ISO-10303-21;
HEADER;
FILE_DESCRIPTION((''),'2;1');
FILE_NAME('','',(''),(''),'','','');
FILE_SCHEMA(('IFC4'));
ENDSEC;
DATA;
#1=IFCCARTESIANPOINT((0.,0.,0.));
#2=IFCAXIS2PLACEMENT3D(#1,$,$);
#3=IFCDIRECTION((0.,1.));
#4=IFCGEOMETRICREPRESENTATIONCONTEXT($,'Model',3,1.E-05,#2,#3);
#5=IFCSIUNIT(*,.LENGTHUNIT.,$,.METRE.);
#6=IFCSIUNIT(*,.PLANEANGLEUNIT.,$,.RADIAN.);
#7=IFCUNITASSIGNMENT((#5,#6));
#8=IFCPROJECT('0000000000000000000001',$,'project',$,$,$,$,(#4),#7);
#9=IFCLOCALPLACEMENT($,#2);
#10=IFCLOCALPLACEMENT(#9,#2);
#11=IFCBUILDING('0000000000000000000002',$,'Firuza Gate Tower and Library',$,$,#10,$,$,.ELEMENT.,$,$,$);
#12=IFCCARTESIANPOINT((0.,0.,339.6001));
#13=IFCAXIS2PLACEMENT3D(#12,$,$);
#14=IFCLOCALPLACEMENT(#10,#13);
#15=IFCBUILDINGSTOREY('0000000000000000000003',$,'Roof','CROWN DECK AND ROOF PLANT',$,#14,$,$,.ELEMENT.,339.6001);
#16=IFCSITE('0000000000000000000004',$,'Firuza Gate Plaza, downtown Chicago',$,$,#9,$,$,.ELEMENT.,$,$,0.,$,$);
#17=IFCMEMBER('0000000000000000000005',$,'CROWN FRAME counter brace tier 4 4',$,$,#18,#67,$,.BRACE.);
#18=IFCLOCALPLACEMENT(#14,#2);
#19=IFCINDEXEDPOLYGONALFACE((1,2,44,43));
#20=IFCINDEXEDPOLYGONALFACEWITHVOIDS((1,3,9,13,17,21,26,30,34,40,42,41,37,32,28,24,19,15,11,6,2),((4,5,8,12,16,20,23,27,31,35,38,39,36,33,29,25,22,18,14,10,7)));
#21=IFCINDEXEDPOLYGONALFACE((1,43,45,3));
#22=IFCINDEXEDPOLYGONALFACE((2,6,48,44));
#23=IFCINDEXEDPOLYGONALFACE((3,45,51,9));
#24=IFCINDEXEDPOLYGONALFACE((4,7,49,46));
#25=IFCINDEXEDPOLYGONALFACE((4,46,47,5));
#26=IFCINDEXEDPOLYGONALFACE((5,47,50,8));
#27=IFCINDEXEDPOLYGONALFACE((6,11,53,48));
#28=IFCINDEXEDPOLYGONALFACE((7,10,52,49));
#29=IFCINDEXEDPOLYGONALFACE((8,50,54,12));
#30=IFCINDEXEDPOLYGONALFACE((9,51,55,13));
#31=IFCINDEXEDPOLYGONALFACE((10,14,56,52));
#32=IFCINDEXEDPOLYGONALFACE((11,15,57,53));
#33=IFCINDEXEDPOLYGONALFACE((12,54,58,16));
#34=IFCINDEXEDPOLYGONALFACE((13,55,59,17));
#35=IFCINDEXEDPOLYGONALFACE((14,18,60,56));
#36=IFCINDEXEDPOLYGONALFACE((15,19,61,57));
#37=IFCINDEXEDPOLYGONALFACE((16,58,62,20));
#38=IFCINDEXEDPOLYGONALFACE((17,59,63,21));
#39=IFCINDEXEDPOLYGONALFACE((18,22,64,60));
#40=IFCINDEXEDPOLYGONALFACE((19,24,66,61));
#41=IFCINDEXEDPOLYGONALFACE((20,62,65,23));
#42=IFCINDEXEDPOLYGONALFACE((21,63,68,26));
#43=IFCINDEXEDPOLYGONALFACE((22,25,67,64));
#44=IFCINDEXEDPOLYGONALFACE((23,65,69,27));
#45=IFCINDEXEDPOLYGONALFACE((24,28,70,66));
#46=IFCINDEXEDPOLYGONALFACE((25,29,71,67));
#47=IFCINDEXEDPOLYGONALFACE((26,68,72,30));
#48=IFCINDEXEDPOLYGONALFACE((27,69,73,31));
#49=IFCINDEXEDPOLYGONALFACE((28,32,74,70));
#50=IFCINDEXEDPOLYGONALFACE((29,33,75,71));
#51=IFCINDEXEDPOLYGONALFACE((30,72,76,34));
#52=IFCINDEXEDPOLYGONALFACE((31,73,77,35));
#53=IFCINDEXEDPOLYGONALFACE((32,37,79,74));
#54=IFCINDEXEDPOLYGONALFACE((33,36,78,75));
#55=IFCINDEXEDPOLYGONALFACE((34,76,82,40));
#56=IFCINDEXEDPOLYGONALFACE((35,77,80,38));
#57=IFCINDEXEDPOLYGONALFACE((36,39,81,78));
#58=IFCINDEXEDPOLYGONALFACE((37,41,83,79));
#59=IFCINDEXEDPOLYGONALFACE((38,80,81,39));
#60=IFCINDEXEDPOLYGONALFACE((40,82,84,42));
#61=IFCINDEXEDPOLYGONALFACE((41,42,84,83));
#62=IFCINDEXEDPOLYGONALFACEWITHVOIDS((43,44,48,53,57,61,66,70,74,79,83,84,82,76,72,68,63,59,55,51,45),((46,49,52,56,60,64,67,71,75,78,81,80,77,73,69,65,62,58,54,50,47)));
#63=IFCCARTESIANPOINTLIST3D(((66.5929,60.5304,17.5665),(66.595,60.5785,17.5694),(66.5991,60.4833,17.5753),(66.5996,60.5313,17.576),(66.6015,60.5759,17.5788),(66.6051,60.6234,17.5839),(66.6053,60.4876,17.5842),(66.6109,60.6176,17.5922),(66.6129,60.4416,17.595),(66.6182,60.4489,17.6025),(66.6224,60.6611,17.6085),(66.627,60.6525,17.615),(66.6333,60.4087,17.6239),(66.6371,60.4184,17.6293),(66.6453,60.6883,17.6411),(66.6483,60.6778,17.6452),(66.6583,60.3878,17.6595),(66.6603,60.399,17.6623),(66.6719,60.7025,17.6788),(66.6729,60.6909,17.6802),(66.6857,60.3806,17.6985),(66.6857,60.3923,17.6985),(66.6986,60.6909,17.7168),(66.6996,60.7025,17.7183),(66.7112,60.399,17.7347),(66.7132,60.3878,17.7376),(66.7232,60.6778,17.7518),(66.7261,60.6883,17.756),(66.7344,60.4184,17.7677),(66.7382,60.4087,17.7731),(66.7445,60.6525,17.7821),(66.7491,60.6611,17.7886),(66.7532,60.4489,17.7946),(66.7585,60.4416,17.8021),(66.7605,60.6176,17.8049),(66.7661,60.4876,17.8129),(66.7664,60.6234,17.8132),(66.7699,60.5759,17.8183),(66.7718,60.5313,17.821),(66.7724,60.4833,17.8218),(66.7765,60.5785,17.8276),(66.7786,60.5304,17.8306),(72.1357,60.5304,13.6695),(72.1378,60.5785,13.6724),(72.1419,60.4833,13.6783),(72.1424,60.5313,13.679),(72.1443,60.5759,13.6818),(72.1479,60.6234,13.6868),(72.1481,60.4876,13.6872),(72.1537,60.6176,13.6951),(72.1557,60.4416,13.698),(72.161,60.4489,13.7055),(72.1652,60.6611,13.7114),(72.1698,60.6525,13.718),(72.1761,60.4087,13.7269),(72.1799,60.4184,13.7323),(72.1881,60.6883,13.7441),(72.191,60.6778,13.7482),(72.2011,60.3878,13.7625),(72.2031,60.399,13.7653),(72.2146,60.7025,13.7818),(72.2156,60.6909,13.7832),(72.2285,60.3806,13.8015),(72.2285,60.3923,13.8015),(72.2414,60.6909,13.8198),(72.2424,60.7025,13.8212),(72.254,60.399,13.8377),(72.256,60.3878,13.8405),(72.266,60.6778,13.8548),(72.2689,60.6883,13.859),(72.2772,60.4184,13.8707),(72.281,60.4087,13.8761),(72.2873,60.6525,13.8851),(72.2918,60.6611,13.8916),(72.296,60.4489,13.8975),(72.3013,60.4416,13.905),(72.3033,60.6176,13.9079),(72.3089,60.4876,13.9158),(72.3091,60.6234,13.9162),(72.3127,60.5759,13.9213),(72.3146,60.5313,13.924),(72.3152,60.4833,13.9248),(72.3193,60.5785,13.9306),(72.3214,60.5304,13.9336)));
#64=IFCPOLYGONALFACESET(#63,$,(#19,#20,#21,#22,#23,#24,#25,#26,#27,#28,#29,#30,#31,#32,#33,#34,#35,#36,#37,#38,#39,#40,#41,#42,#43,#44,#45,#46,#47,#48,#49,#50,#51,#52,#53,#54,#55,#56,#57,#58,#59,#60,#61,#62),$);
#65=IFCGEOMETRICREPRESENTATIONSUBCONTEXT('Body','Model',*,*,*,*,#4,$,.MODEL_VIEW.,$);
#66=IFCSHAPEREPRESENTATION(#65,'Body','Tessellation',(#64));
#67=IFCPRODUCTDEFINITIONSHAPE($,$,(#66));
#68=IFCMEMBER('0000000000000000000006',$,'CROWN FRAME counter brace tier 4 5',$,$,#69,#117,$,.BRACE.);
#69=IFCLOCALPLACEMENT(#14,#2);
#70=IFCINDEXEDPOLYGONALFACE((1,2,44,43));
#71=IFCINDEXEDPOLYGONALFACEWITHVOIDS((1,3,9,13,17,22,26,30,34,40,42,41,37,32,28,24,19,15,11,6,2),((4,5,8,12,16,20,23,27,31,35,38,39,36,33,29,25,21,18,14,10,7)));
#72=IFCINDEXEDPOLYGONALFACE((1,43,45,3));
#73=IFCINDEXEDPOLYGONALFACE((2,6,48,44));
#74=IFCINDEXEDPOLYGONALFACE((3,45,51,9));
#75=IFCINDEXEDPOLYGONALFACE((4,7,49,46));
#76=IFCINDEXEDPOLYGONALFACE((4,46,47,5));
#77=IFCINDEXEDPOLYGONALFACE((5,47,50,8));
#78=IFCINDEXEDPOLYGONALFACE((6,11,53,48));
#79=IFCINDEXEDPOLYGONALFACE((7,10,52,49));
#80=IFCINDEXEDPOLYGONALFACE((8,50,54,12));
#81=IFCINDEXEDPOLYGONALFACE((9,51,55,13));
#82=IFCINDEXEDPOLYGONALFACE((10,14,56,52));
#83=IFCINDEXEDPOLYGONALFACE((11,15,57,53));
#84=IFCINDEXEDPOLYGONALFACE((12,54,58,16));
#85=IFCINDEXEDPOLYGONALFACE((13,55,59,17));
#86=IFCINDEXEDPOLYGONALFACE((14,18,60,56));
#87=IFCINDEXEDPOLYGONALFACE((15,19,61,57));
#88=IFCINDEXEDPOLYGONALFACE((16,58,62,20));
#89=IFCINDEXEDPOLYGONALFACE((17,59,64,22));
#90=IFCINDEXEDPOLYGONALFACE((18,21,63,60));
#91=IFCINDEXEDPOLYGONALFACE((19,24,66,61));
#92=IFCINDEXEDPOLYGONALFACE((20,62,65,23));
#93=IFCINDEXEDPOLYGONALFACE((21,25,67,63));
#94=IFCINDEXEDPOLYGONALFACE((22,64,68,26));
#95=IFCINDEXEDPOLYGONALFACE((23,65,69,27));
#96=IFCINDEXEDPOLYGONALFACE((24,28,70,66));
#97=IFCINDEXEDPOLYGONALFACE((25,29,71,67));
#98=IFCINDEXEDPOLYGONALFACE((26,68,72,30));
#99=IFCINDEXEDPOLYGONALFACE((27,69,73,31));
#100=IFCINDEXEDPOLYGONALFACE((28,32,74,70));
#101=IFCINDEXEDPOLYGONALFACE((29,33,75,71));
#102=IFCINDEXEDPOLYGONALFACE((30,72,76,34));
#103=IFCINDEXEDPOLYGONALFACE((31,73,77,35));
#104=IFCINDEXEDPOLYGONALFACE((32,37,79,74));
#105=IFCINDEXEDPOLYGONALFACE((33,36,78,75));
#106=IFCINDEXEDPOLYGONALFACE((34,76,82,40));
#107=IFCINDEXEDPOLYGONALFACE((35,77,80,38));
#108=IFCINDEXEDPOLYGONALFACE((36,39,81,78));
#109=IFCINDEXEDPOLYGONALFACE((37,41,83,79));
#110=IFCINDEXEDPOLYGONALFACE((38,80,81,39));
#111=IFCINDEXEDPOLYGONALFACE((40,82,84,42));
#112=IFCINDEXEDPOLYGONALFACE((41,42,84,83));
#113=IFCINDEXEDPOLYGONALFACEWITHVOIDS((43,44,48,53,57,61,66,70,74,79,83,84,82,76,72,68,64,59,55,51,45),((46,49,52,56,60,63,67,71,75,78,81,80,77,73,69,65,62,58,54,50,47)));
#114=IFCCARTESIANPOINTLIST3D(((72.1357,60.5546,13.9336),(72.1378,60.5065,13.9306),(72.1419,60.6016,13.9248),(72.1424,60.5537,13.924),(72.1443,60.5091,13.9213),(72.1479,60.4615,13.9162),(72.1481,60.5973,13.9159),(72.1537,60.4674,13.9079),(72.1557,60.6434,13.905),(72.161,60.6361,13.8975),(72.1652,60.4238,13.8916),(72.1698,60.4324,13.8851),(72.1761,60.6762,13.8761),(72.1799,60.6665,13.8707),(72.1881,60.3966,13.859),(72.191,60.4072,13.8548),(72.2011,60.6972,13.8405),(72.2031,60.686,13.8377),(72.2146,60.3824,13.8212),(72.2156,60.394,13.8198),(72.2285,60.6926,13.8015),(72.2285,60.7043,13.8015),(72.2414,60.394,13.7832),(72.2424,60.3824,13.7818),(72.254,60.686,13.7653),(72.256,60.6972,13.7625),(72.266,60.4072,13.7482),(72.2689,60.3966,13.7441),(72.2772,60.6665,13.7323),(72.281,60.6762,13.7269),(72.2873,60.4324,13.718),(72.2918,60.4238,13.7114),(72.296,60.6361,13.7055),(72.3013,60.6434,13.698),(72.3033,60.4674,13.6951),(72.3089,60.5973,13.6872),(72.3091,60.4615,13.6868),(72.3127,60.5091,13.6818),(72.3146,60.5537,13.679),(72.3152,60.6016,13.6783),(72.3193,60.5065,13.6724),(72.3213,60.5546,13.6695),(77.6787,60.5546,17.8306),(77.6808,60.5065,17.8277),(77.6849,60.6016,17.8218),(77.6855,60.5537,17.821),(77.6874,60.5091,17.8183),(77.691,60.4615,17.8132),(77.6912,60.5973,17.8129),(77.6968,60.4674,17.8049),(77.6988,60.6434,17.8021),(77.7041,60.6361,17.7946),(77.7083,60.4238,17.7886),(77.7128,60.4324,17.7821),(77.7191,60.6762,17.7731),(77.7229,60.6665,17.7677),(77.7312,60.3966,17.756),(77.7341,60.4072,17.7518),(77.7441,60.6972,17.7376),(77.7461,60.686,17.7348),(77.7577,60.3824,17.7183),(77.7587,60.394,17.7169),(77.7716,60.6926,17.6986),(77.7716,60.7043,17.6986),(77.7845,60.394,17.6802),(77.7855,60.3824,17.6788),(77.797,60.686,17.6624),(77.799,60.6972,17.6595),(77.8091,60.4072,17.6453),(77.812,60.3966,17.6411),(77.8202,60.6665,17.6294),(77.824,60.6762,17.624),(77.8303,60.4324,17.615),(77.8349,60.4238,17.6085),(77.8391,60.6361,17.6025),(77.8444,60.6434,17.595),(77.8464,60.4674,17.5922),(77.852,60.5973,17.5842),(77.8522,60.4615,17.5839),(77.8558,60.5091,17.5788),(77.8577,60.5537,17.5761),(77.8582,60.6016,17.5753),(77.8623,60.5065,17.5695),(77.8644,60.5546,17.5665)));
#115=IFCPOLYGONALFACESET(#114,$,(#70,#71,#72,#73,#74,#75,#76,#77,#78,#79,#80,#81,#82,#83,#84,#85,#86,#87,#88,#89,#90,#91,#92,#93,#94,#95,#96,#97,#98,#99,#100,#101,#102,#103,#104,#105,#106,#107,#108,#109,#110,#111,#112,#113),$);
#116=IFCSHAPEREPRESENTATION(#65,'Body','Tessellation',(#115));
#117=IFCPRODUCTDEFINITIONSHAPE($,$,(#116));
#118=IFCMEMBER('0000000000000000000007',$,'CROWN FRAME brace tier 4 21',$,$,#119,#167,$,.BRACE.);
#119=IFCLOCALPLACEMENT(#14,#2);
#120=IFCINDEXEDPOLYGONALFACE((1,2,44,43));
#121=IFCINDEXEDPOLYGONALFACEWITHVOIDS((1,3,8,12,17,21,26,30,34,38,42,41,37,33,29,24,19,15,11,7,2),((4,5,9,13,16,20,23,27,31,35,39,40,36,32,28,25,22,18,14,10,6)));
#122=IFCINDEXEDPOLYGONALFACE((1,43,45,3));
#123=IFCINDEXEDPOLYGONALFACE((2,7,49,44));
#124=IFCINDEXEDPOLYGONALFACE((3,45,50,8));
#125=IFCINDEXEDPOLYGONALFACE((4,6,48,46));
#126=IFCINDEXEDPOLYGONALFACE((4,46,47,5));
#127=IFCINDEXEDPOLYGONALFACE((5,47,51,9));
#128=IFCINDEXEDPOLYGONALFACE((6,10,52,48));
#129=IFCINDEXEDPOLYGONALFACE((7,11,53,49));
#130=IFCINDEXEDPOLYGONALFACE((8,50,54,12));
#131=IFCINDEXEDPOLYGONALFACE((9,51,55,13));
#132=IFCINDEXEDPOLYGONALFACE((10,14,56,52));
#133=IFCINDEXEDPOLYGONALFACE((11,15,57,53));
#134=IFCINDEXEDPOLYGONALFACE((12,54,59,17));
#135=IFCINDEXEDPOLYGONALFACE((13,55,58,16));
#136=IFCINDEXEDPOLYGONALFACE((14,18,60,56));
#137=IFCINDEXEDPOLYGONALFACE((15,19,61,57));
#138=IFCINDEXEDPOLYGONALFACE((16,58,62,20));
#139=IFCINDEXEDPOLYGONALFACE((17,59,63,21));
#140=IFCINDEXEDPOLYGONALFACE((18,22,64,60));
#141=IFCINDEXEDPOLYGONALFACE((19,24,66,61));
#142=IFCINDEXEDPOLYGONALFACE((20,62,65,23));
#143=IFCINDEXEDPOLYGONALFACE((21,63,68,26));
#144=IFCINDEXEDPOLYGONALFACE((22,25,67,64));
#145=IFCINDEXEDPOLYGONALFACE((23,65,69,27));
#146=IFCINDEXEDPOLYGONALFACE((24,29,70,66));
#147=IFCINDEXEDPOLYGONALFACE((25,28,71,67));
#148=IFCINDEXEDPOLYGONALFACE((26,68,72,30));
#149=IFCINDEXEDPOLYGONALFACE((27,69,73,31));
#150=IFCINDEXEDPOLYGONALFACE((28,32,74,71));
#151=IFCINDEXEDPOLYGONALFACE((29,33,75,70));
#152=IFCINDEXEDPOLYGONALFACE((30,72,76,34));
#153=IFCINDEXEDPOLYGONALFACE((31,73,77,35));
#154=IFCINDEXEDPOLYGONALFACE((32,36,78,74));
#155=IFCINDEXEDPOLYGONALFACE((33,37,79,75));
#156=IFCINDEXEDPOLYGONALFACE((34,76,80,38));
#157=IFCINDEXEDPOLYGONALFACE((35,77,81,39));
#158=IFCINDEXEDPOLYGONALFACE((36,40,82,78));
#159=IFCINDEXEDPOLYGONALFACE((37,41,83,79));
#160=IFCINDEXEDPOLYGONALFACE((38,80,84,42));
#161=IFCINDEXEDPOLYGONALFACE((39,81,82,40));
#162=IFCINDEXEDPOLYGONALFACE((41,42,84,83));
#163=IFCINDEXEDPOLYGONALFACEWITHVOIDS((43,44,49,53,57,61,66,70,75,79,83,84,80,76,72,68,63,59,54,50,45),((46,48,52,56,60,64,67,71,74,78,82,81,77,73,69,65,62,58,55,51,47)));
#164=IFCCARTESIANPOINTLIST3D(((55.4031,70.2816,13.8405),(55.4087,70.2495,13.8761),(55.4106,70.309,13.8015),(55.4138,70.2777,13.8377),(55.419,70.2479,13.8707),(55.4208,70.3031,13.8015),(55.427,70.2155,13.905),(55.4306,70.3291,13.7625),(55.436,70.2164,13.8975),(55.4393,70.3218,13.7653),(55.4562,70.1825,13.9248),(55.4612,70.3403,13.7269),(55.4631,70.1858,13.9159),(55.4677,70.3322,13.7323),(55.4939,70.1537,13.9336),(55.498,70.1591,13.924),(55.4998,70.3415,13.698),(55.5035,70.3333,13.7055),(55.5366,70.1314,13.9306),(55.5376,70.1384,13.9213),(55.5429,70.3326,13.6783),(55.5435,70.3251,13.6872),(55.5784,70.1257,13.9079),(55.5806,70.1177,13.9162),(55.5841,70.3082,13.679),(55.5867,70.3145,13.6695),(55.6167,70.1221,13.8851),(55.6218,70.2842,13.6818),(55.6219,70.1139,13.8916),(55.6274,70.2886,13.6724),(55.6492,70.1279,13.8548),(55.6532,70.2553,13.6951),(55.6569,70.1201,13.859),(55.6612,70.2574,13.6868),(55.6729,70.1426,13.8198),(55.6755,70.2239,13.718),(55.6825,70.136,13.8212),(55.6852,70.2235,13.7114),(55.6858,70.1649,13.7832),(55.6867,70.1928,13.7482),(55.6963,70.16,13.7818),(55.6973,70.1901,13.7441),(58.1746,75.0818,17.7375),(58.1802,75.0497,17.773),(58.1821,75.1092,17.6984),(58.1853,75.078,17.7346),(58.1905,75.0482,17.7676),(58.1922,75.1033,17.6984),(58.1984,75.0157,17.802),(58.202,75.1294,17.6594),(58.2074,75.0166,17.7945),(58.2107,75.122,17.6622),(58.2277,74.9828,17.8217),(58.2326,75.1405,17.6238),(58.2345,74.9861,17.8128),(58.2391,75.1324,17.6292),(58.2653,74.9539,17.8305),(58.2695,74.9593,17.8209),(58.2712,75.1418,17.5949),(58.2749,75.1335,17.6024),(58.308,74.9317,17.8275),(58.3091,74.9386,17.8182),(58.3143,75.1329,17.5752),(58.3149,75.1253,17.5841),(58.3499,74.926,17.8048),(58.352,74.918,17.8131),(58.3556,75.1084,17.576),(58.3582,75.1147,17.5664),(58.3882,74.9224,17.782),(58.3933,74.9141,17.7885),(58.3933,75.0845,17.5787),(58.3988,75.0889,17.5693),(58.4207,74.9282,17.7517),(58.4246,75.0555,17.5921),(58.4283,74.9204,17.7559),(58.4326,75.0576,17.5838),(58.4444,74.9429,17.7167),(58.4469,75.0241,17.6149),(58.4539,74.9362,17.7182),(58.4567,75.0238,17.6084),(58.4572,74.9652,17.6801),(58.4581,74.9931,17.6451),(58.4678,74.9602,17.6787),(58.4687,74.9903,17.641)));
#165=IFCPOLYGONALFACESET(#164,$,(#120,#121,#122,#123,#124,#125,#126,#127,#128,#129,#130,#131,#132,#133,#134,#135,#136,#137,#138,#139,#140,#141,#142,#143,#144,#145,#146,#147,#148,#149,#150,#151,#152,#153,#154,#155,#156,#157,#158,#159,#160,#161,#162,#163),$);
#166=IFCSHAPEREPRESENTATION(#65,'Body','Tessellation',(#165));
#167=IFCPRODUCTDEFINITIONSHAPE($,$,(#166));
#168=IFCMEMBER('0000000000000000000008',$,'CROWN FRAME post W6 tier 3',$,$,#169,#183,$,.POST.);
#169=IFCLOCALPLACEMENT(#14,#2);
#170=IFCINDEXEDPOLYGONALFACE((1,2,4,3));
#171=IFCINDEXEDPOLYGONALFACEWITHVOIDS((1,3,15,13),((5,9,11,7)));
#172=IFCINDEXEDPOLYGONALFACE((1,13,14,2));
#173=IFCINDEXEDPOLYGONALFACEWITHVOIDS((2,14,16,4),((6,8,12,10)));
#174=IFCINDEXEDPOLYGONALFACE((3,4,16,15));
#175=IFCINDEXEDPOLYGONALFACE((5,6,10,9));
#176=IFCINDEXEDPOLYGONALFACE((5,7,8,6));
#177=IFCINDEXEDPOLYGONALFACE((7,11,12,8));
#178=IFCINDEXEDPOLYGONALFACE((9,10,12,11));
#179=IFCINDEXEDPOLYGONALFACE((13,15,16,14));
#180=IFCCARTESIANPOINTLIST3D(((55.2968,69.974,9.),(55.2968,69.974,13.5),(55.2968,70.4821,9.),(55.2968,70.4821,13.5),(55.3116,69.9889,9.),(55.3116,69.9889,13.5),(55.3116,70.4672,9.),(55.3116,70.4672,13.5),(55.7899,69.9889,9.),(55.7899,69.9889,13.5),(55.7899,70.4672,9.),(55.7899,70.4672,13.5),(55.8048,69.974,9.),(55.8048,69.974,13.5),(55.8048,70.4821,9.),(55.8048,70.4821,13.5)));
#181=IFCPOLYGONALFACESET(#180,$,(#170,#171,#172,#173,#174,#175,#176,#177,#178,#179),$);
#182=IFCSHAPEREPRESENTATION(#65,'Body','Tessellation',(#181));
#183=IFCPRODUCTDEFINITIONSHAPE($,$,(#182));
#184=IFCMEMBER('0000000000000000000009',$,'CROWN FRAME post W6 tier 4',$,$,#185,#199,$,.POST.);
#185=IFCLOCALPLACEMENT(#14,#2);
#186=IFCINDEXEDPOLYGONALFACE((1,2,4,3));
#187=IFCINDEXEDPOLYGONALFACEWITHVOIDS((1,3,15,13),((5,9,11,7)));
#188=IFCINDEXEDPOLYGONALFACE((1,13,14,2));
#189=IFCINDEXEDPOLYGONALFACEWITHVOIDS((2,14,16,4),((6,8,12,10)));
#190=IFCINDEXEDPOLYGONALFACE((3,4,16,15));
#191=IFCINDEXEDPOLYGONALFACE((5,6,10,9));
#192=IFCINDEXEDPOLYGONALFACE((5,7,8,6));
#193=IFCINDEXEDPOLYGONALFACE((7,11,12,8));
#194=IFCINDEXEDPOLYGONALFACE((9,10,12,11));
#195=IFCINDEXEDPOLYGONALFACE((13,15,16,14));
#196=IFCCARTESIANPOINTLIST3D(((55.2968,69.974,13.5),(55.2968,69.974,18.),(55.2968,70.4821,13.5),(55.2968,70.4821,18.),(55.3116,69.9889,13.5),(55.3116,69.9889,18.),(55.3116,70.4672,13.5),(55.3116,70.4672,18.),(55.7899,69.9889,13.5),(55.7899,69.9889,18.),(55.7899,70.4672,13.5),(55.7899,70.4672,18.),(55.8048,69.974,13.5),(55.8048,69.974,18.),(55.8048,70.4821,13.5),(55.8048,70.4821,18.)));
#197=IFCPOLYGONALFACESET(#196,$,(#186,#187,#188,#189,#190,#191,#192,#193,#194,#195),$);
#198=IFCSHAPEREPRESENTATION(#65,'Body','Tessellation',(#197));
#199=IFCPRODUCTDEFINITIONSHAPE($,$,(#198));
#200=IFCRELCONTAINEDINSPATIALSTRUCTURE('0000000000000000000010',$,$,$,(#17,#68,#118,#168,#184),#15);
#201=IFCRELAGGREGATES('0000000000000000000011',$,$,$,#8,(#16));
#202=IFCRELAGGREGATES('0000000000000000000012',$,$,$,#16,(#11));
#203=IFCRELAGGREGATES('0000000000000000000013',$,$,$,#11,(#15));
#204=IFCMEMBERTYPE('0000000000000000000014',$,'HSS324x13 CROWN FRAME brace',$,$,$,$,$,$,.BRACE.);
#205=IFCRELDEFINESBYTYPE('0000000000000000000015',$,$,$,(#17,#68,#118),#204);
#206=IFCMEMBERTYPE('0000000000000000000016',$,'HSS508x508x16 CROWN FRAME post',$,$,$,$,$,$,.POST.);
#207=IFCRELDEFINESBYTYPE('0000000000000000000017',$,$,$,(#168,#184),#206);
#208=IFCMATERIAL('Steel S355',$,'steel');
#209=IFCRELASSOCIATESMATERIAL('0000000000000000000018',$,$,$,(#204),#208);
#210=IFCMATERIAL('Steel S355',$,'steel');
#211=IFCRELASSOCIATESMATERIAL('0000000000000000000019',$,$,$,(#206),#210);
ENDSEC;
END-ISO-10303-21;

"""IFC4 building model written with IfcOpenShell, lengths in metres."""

from ifc_helpers import new_model, si_unit, direction, frame, origin, origin_2d, place, context, subcontext, project, spatial, hollow_rectangle, hollow_circle, extrude, material, material_profile, profile_set, type_object, element, save


model = new_model("IFC4")

# Units and contexts
model_context = context("Model", 3, precision=1e-05, world=origin(), true_north=direction((0.0, 1.0)))
body_context = subcontext(model_context, "Body", "Model", "MODEL_VIEW")
ifc_project = project(units=[si_unit("LENGTHUNIT", "METRE"), si_unit("PLANEANGLEUNIT", "RADIAN")], contexts=[model_context])

# Site, building, storey
site_placement = place(None, origin())
site = spatial("IfcSite", under=ifc_project, at=site_placement, Name="Firuza Gate Plaza, downtown Chicago", CompositionType="ELEMENT", RefElevation=0.0)
building_placement = place(site_placement, origin())
building = spatial("IfcBuilding", under=site, at=building_placement, Name="Firuza Gate Tower and Library", CompositionType="ELEMENT")
storey_placement = place(building_placement, frame((0.0, 0.0, 339.6001)))
storey = spatial("IfcBuildingStorey", under=building, at=storey_placement, Name="Roof", Description="CROWN DECK AND ROOF PLANT", CompositionType="ELEMENT", Elevation=339.6001)

# Members
ifc_material_1 = material(Name="Steel S355", Category="steel")
ifc_material_profile_1 = material_profile(ifc_material_1, hollow_circle(Radius=0.1619, WallThickness=0.0117, at=origin_2d()))
ifc_profile_set_1 = profile_set([ifc_material_profile_1], Name="Steel S355")
member_type_1 = type_object("IfcMemberType", Name="HSS324x13 CROWN FRAME brace", PredefinedType="BRACE", material=ifc_profile_set_1)
member_1_placement = place(storey_placement, frame((72.2285, 60.5425, 13.8015), z_axis=(-0.818047, 0.0, 0.575152), x_axis=(0.0, -1.0, 0.0)))
element("IfcMember", 1, at=member_1_placement, inside=storey, type_object=member_type_1, Name="CROWN FRAME counter brace tier 4 4", PredefinedType="BRACE", context=body_context, shape_type="SweptSolid", body=[
    extrude(hollow_circle(Radius=0.1619, WallThickness=0.0117, at=origin_2d()), origin(), (0.0, 0.0, 1.0), 6.7756),
])
member_2_placement = place(storey_placement, frame((72.2285, 60.5425, 13.8015), z_axis=(0.818059, 0.0, 0.575135), x_axis=(0.0, 1.0, 0.0)))
element("IfcMember", 2, at=member_2_placement, inside=storey, type_object=member_type_1, Name="CROWN FRAME counter brace tier 4 5", PredefinedType="BRACE", context=body_context, shape_type="SweptSolid", body=[
    extrude(hollow_circle(Radius=0.1619, WallThickness=0.0117, at=origin_2d()), origin(), (0.0, 0.0, 1.0), 6.7759),
])
member_3_placement = place(storey_placement, frame((55.5508, 70.228, 13.8015), z_axis=(0.409032, 0.708455, 0.575138), x_axis=(-0.866023, 0.500005, 0.0)))
element("IfcMember", 3, at=member_3_placement, inside=storey, type_object=member_type_1, Name="CROWN FRAME brace tier 4 21", PredefinedType="BRACE", context=body_context, shape_type="SweptSolid", body=[
    extrude(hollow_circle(Radius=0.1619, WallThickness=0.0117, at=origin_2d()), origin(), (0.0, 0.0, 1.0), 6.7756),
])
ifc_material_2 = material(Name="Steel S355", Category="steel")
ifc_material_profile_2 = material_profile(ifc_material_2, hollow_rectangle(XDim=0.5081, YDim=0.5081, WallThickness=0.0149, at=origin_2d()))
ifc_profile_set_2 = profile_set([ifc_material_profile_2], Name="Steel S355")
member_type_2 = type_object("IfcMemberType", Name="HSS508x508x16 CROWN FRAME post", PredefinedType="POST", material=ifc_profile_set_2)
for number, where, z_axis, x_axis, name in (
    (4, (55.5508, 70.228, 9.0), (0.0, 0.0, 1.0), (1.0, 0.0, 0.0), "CROWN FRAME post W6 tier 3"),
    (5, (55.5508, 70.228, 13.5), (0.0, 0.0, 1.0), (1.0, 0.0, 0.0), "CROWN FRAME post W6 tier 4"),
):
    element("IfcMember", number, at=place(storey_placement, frame(where, z_axis=z_axis, x_axis=x_axis)), inside=storey, type_object=member_type_2, Name=name, PredefinedType="POST", context=body_context, shape_type="SweptSolid", body=[
        extrude(hollow_rectangle(XDim=0.5081, YDim=0.5081, WallThickness=0.0149, at=origin_2d()), origin(), (0.0, 0.0, 1.0), 4.5),
    ])

save(model, "model.ifc")
